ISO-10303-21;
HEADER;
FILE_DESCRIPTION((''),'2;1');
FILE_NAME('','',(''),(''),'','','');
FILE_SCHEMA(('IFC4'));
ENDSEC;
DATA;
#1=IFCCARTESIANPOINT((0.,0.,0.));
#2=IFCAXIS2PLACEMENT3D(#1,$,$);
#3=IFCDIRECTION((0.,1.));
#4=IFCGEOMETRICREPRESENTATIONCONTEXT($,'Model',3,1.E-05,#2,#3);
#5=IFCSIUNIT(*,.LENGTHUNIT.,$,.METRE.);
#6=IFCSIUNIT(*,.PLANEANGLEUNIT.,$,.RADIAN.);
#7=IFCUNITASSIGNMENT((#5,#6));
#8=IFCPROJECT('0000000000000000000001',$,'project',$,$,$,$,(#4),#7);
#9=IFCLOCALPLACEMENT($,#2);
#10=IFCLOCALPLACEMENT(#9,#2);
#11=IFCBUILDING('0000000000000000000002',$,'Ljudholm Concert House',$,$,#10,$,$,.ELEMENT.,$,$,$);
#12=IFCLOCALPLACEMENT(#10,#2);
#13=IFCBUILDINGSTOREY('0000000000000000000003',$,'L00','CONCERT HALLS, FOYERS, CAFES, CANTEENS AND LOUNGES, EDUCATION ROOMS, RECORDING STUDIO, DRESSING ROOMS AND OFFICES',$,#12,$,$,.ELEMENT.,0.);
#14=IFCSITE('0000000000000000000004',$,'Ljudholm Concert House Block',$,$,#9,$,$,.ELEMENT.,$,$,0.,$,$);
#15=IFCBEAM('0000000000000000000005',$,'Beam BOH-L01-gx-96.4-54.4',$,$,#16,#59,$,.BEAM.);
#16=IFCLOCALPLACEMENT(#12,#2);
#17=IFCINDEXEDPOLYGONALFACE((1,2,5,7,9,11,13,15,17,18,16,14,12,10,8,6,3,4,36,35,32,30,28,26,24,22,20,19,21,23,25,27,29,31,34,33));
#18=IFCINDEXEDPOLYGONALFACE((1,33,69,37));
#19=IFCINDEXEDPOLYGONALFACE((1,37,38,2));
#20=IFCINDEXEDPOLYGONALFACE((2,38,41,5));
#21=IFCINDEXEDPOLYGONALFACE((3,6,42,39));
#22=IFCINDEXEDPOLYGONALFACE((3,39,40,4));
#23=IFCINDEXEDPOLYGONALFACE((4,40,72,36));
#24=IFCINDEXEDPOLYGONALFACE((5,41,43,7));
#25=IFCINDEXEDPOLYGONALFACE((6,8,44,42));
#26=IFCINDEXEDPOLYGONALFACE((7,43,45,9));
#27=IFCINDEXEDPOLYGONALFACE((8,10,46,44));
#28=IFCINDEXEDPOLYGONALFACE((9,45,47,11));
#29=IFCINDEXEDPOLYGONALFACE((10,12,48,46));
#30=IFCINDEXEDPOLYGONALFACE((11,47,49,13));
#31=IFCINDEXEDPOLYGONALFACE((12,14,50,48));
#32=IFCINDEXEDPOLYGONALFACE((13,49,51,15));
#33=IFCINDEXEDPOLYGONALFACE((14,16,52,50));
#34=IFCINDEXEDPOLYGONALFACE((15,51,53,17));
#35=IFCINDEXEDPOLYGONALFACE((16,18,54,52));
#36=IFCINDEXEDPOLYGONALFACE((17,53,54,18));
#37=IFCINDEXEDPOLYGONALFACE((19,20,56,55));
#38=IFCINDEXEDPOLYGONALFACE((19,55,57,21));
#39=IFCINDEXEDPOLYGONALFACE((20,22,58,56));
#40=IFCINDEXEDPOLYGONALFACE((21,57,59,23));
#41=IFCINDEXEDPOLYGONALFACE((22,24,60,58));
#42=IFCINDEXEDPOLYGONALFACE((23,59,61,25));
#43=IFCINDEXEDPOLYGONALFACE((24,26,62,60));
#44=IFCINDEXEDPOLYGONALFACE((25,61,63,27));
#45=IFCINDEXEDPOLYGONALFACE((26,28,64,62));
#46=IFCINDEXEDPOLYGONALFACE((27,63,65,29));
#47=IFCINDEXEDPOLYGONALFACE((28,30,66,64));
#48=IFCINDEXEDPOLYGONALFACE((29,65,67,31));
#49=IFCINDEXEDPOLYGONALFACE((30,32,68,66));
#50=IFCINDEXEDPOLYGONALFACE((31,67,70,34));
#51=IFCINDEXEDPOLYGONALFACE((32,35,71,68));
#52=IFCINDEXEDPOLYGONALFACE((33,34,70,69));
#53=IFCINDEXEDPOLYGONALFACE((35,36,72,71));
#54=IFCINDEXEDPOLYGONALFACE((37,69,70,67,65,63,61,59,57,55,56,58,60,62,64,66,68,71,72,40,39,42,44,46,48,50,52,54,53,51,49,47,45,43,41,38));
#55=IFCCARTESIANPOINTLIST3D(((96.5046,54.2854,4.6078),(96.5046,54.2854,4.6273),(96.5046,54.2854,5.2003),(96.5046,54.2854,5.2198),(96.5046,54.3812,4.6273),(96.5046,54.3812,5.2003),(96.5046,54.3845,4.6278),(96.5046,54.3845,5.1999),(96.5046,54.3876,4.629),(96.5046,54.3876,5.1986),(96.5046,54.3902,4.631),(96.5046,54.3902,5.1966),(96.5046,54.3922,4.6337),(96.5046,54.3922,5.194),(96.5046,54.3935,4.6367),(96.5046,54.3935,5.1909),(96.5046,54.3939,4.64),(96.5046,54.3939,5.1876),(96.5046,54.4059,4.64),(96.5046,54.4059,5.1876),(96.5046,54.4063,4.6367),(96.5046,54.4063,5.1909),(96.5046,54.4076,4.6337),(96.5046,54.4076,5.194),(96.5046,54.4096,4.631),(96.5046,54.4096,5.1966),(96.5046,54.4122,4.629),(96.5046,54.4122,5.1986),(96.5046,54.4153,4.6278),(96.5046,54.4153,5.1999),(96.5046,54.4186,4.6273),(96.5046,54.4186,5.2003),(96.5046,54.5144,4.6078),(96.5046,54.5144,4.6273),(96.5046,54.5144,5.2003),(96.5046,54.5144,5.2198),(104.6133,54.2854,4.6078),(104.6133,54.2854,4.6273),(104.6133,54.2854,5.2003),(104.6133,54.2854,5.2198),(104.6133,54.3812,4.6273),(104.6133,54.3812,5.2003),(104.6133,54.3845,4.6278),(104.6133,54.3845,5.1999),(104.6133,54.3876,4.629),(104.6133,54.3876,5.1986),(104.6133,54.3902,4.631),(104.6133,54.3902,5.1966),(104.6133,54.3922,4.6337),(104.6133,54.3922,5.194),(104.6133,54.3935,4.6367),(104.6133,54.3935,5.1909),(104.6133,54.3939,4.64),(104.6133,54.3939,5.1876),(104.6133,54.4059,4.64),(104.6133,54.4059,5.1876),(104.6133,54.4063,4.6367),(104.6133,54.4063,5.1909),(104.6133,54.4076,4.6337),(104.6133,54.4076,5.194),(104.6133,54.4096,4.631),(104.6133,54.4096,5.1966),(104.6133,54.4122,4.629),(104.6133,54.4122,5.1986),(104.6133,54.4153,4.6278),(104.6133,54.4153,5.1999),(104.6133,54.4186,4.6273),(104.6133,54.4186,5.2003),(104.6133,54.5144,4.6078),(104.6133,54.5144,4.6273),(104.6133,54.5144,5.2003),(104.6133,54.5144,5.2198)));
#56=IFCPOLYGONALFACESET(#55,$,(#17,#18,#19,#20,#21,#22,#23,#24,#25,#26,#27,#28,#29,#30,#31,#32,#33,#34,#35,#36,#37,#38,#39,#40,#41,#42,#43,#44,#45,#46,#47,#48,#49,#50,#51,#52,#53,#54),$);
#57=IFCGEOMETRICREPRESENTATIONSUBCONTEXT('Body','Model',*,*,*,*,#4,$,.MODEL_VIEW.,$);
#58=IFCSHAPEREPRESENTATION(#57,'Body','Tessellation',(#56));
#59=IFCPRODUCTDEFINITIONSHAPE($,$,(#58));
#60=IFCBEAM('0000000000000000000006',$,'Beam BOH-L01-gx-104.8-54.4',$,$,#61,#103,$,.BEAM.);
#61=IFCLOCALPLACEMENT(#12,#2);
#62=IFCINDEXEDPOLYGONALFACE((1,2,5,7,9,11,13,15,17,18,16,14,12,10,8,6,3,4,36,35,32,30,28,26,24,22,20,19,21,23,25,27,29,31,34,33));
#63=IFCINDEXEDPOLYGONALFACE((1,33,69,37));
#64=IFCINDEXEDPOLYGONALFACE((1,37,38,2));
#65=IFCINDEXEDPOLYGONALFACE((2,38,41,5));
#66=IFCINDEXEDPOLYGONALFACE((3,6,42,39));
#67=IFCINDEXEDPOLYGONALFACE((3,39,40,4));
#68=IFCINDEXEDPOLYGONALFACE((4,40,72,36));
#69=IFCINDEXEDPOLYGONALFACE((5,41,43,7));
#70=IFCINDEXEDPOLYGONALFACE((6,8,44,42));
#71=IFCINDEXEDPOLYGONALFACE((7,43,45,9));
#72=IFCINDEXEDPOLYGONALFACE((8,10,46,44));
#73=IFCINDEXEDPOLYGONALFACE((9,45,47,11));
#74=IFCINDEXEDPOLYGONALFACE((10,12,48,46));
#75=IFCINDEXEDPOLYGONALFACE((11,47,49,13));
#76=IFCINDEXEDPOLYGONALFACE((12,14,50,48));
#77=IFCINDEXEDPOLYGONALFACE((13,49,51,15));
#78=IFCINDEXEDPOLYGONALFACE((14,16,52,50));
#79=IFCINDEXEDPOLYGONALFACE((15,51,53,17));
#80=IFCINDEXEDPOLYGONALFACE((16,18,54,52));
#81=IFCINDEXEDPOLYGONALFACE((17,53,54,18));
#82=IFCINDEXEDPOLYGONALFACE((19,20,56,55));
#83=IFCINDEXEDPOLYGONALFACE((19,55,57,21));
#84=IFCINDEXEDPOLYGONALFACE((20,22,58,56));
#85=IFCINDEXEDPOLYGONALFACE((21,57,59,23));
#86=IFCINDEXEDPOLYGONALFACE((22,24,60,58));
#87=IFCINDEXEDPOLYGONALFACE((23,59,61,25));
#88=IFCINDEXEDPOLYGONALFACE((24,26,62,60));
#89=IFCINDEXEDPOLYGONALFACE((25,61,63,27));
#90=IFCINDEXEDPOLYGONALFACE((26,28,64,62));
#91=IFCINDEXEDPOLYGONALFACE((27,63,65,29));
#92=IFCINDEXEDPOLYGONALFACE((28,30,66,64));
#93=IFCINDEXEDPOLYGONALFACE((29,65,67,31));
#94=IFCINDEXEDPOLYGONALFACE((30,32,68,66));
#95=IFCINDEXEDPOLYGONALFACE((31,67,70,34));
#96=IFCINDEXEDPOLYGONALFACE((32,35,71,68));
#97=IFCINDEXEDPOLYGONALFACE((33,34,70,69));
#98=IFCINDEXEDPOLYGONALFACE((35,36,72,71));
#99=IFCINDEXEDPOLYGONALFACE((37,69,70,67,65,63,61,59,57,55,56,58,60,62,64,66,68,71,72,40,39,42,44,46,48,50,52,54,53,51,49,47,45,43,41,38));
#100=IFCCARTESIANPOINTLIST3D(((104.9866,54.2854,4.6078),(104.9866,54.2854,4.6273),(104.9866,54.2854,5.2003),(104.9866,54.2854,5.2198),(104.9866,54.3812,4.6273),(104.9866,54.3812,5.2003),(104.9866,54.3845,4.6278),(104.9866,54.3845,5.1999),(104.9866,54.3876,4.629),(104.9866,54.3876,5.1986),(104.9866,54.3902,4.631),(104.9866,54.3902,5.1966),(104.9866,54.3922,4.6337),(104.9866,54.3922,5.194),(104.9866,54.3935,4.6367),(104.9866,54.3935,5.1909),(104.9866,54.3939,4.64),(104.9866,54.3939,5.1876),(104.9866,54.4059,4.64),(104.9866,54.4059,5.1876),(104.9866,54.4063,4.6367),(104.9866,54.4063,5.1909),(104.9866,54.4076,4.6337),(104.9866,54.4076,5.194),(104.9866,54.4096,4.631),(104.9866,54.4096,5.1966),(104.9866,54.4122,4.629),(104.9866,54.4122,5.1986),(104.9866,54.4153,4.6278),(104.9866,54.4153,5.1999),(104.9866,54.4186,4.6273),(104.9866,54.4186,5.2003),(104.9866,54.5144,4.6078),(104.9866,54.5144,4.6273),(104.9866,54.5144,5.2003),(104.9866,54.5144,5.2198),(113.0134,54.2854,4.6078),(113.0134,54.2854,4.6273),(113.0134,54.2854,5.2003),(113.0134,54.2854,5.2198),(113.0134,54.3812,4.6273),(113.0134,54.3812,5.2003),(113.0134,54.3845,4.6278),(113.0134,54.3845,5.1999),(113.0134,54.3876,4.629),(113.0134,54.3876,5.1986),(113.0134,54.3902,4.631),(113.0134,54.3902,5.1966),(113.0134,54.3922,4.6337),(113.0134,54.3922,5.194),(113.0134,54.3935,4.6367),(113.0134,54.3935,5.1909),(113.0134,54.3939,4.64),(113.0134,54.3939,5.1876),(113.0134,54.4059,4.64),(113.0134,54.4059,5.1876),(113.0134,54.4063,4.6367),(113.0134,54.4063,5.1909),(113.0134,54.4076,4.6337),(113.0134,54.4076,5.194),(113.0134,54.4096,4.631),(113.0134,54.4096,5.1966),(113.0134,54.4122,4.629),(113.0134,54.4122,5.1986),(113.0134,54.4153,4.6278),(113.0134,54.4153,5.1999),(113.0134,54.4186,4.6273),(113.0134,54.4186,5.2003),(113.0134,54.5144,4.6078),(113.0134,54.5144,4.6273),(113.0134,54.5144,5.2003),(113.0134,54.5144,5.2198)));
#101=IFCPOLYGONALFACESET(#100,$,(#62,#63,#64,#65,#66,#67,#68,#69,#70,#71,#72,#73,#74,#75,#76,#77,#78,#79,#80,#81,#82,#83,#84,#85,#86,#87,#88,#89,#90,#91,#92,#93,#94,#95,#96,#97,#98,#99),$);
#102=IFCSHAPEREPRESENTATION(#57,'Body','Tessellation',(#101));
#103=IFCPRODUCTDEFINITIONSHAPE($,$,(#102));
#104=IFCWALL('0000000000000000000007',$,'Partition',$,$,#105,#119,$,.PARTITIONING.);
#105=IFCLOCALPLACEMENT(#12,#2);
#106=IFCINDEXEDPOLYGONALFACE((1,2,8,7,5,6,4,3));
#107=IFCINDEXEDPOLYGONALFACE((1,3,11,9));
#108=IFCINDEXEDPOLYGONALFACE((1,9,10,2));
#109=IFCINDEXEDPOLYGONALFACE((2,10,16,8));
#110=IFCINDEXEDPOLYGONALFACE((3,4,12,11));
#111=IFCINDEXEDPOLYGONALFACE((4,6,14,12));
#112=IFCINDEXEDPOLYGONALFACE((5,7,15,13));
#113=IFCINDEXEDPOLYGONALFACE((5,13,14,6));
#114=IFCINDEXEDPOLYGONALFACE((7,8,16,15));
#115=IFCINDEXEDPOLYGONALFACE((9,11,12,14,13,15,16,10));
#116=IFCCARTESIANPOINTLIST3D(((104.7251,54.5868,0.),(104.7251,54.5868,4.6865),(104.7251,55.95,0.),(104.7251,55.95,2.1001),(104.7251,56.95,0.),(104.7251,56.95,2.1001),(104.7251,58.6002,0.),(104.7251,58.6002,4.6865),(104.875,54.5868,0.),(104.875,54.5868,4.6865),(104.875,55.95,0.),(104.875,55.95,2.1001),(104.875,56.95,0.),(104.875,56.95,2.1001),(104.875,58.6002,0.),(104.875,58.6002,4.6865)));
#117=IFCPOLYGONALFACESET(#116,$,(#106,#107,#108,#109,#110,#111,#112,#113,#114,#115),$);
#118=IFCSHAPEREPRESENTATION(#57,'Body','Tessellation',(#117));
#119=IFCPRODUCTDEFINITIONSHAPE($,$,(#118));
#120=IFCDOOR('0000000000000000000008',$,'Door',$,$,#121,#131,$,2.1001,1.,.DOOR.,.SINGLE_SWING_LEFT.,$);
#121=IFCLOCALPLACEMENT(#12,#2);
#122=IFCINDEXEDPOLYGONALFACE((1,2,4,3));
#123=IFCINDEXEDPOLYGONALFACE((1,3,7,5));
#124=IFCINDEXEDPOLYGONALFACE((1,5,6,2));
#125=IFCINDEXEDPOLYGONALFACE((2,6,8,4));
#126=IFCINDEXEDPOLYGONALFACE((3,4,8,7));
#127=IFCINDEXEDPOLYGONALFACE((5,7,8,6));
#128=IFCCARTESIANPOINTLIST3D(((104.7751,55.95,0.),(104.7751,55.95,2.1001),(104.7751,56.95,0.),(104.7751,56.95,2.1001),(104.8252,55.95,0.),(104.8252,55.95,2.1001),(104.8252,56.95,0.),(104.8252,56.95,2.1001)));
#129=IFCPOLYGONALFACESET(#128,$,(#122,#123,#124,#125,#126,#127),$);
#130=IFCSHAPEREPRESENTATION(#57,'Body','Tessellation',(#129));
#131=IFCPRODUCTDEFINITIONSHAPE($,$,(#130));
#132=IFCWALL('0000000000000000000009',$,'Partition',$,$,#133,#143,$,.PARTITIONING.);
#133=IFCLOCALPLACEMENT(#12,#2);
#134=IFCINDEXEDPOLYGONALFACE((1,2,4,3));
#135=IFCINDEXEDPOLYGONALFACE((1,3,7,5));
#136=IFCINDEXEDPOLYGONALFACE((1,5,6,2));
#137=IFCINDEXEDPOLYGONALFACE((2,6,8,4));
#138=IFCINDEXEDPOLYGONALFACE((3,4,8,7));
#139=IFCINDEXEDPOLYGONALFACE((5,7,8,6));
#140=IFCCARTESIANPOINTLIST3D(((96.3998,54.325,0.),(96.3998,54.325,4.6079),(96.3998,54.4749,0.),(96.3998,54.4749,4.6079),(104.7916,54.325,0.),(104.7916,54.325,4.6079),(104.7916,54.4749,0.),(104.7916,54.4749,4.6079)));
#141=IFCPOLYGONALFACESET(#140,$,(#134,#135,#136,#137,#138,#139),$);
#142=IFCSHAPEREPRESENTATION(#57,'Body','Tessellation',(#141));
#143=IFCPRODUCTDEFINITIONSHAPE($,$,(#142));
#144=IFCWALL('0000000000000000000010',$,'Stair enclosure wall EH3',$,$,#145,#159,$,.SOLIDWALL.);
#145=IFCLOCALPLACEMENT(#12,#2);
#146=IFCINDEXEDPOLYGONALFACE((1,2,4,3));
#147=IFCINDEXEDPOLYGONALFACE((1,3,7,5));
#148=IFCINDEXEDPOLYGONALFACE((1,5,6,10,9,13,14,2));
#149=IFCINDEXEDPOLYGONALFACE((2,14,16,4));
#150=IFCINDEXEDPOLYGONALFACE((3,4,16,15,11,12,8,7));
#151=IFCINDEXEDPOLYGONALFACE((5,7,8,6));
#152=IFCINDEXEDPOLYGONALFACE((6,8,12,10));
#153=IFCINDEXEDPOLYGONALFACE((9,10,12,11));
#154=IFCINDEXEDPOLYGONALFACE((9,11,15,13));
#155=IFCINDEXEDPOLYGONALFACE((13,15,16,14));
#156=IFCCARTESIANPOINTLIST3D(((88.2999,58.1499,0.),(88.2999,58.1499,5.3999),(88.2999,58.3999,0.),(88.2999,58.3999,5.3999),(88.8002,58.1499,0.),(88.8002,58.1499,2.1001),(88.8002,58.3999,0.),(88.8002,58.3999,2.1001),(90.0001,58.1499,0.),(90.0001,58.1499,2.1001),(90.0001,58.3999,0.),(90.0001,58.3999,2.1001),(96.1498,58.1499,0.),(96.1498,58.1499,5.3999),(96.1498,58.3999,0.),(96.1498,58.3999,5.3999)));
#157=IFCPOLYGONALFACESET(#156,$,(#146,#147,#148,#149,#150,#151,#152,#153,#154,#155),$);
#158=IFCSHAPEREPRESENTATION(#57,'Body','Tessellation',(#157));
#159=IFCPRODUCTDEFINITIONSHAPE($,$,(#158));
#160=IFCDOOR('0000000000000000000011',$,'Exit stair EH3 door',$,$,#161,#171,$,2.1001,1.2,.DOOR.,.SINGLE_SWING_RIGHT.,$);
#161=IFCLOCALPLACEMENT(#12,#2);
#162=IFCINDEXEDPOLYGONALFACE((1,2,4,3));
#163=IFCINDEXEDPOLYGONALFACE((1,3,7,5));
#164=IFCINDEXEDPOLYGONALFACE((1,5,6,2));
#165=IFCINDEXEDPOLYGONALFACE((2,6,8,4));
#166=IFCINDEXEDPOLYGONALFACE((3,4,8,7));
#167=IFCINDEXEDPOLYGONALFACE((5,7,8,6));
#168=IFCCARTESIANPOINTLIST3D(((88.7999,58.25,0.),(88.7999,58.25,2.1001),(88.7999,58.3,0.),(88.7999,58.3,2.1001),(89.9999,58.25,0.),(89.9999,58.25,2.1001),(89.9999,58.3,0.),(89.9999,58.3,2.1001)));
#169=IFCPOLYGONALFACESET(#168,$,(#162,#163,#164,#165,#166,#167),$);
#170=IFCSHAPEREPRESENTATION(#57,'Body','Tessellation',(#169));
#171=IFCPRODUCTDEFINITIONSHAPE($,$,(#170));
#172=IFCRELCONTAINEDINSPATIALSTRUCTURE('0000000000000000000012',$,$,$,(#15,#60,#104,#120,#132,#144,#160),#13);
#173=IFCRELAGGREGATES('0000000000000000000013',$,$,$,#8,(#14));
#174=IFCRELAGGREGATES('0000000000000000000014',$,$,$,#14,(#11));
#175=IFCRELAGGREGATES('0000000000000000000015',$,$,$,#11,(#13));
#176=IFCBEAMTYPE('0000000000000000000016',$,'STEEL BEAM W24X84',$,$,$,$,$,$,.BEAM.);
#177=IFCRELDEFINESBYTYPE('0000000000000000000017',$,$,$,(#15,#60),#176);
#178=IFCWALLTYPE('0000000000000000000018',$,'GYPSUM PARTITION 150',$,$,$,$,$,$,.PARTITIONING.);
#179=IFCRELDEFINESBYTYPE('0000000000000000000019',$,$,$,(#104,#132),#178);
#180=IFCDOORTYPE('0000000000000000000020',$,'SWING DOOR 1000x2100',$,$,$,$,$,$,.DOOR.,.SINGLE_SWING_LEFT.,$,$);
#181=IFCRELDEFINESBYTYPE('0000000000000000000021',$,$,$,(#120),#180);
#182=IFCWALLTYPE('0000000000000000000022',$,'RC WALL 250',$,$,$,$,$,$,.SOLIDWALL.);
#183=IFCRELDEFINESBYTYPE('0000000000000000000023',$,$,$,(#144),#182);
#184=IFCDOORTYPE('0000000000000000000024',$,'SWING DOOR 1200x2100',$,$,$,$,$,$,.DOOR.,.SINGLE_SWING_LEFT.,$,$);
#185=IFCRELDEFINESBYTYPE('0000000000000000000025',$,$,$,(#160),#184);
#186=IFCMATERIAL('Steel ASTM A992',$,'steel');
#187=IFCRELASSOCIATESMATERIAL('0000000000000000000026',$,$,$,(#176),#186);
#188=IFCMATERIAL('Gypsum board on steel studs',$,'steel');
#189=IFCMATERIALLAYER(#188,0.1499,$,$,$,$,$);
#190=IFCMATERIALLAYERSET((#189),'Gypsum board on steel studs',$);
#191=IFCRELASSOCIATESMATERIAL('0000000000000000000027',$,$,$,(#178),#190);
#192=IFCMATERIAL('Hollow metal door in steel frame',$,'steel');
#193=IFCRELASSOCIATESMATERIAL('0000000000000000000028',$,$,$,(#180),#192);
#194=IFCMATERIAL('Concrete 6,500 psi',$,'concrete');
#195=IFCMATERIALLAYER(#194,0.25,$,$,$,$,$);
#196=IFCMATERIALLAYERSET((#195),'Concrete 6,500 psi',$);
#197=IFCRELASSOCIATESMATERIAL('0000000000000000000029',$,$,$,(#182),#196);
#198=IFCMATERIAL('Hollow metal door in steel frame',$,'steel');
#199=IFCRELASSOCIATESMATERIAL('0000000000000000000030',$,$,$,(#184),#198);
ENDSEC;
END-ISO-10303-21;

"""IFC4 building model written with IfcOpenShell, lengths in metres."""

from ifc_helpers import new_model, si_unit, direction, frame, frame_2d, origin, origin_2d, place, context, subcontext, project, spatial, rectangle, i_section, extrude, material, layer, layer_set, material_profile, profile_set, type_object, element, fill, save


model = new_model("IFC4")

# Units and contexts
model_context = context("Model", 3, precision=1e-05, world=origin(), true_north=direction((0.0, 1.0)))
body_context = subcontext(model_context, "Body", "Model", "MODEL_VIEW")
ifc_project = project(units=[si_unit("LENGTHUNIT", "METRE"), si_unit("PLANEANGLEUNIT", "RADIAN")], contexts=[model_context])

# Site, building, storey
site_placement = place(None, origin())
site = spatial("IfcSite", under=ifc_project, at=site_placement, Name="Ljudholm Concert House Block", CompositionType="ELEMENT", RefElevation=0.0)
building_placement = place(site_placement, origin())
building = spatial("IfcBuilding", under=site, at=building_placement, Name="Ljudholm Concert House", CompositionType="ELEMENT")
storey_placement = place(building_placement, origin())
storey = spatial("IfcBuildingStorey", under=building, at=storey_placement, Name="L00", Description="CONCERT HALLS, FOYERS, CAFES, CANTEENS AND LOUNGES, EDUCATION ROOMS, RECORDING STUDIO, DRESSING ROOMS AND OFFICES", CompositionType="ELEMENT", Elevation=0.0)

# Beams
ifc_material_1 = material(Name="Steel ASTM A992", Category="steel")
ifc_material_profile_1 = material_profile(ifc_material_1, i_section(OverallWidth=0.229, OverallDepth=0.6121, WebThickness=0.012, FlangeThickness=0.0195, FilletRadius=0.0127, at=origin_2d()), Name="W24X84")
ifc_profile_set_1 = profile_set([ifc_material_profile_1], Name="Steel ASTM A992")
beam_type_1 = type_object("IfcBeamType", Name="STEEL BEAM W24X84", PredefinedType="BEAM", material=ifc_profile_set_1)
beam_1_placement = place(storey_placement, frame((96.5046, 54.3999, 4.9138), z_axis=(1.0, 0.0, 0.0), x_axis=(0.0, 1.0, 0.0)))
element("IfcBeam", 1, at=beam_1_placement, inside=storey, type_object=beam_type_1, Name="Beam BOH-L01-gx-96.4-54.4", PredefinedType="BEAM", context=body_context, shape_type="SweptSolid", body=[
    extrude(i_section(OverallWidth=0.229, OverallDepth=0.6121, WebThickness=0.012, FlangeThickness=0.0195, FilletRadius=0.0127, at=origin_2d()), origin(), (0.0, 0.0, 1.0), 8.1086),
])
beam_2_placement = place(storey_placement, frame((104.9866, 54.3999, 4.9138), z_axis=(1.0, 0.0, 0.0), x_axis=(0.0, 1.0, 0.0)))
element("IfcBeam", 2, at=beam_2_placement, inside=storey, type_object=beam_type_1, Name="Beam BOH-L01-gx-104.8-54.4", PredefinedType="BEAM", context=body_context, shape_type="SweptSolid", body=[
    extrude(i_section(OverallWidth=0.229, OverallDepth=0.6121, WebThickness=0.012, FlangeThickness=0.0195, FilletRadius=0.0127, at=origin_2d()), origin(), (0.0, 0.0, 1.0), 8.0269),
])

# Wall, opening, door
ifc_material_2 = material(Name="Gypsum board on steel studs", Category="steel")
ifc_layer_1 = layer(ifc_material_2, 0.1499)
ifc_layer_set_1 = layer_set([ifc_layer_1], Name="Gypsum board on steel studs")
wall_type_1 = type_object("IfcWallType", Name="GYPSUM PARTITION 150", PredefinedType="PARTITIONING", material=ifc_layer_set_1)
wall_1_placement = place(storey_placement, frame((104.8, 54.5867, 0.0), z_axis=(0.0, 0.0, 1.0), x_axis=(0.0, 1.0, 0.0)))
wall_1 = element("IfcWall", 3, at=wall_1_placement, inside=storey, type_object=wall_type_1, Name="Partition", PredefinedType="PARTITIONING", context=body_context, shape_type="SweptSolid", body=[
    extrude(rectangle(XDim=4.0134, YDim=0.1499, at=frame_2d((2.0068, 0.0))), origin(), (0.0, 0.0, 1.0), 4.6865),
])
opening_1_placement = place(wall_1_placement, frame((1.3633, 0.0, 0.0)))
opening_1 = element("IfcOpeningElement", 4, at=opening_1_placement, cuts=wall_1, PredefinedType="OPENING", context=body_context, shape_type="SweptSolid", body=[
    extrude(rectangle(XDim=1.0, YDim=2.1001, at=frame_2d((0.5, 1.05))), frame((0.0, 0.085, 0.0), z_axis=(0.0, -1.0, 0.0), x_axis=(1.0, 0.0, 0.0)), (0.0, 0.0, 1.0), 0.1699),
])
ifc_material_3 = material(Name="Hollow metal door in steel frame", Category="steel")
door_type_1 = type_object("IfcDoorType", Name="SWING DOOR 1000x2100", OperationType="SINGLE_SWING_LEFT", PredefinedType="DOOR", material=ifc_material_3)
door_1_placement = place(opening_1_placement, origin())
door_1 = element("IfcDoor", 5, at=door_1_placement, inside=storey, type_object=door_type_1, Name="Door", OperationType="SINGLE_SWING_LEFT", OverallHeight=2.1001, OverallWidth=1.0, PredefinedType="DOOR", context=body_context, shape_type="SweptSolid", body=[
    extrude(rectangle(XDim=1.0, YDim=2.1001, at=frame_2d((0.5, 1.05))), frame((0.0, 0.0249, 0.0), z_axis=(0.0, -1.0, 0.0), x_axis=(1.0, 0.0, 0.0)), (0.0, 0.0, 1.0), 0.05),
])
fill(opening_1, door_1)

# Wall
wall_2_placement = place(storey_placement, frame((96.3999, 54.3999, 0.0), z_axis=(0.0, 0.0, 1.0), x_axis=(1.0, 0.0, 0.0)))
element("IfcWall", 6, at=wall_2_placement, inside=storey, type_object=wall_type_1, Name="Partition", PredefinedType="PARTITIONING", context=body_context, shape_type="SweptSolid", body=[
    extrude(rectangle(XDim=8.3918, YDim=0.1499, at=frame_2d((4.1958, 0.0))), origin(), (0.0, 0.0, 1.0), 4.6079),
])

# Wall, opening, door
ifc_material_4 = material(Name="Concrete 6,500 psi", Category="concrete")
ifc_layer_2 = layer(ifc_material_4, 0.25)
ifc_layer_set_2 = layer_set([ifc_layer_2], Name="Concrete 6,500 psi")
wall_type_2 = type_object("IfcWallType", Name="RC WALL 250", PredefinedType="SOLIDWALL", material=ifc_layer_set_2)
wall_3_placement = place(storey_placement, frame((88.3, 58.2749, 0.0), z_axis=(0.0, 0.0, 1.0), x_axis=(1.0, 0.0, 0.0)))
wall_3 = element("IfcWall", 7, at=wall_3_placement, inside=storey, type_object=wall_type_2, Name="Stair enclosure wall EH3", PredefinedType="SOLIDWALL", context=body_context, shape_type="SweptSolid", body=[
    extrude(rectangle(XDim=7.8499, YDim=0.25, at=frame_2d((3.9248, 0.0))), origin(), (0.0, 0.0, 1.0), 5.3999),
])
opening_2_placement = place(wall_3_placement, frame((0.5, 0.0, 0.0)))
opening_2 = element("IfcOpeningElement", 8, at=opening_2_placement, cuts=wall_3, PredefinedType="OPENING", context=body_context, shape_type="SweptSolid", body=[
    extrude(rectangle(XDim=1.2, YDim=2.1001, at=frame_2d((0.6001, 1.05))), frame((0.0, 0.135, 0.0), z_axis=(0.0, -1.0, 0.0), x_axis=(1.0, 0.0, 0.0)), (0.0, 0.0, 1.0), 0.27),
])
ifc_material_5 = material(Name="Hollow metal door in steel frame", Category="steel")
door_type_2 = type_object("IfcDoorType", Name="SWING DOOR 1200x2100", OperationType="SINGLE_SWING_LEFT", PredefinedType="DOOR", material=ifc_material_5)
door_2_placement = place(opening_2_placement, frame((1.2, 0.0, 0.0), z_axis=(0.0, 0.0, 1.0), x_axis=(-1.0, 0.0, 0.0)))
door_2 = element("IfcDoor", 9, at=door_2_placement, inside=storey, type_object=door_type_2, Name="Exit stair EH3 door", OperationType="SINGLE_SWING_RIGHT", OverallHeight=2.1001, OverallWidth=1.2, PredefinedType="DOOR", context=body_context, shape_type="SweptSolid", body=[
    extrude(rectangle(XDim=1.2, YDim=2.1001, at=frame_2d((0.6001, 1.05))), frame((0.0, 0.0249, 0.0), z_axis=(0.0, -1.0, 0.0), x_axis=(1.0, 0.0, 0.0)), (0.0, 0.0, 1.0), 0.05),
])
fill(opening_2, door_2)

save(model, "model.ifc")
